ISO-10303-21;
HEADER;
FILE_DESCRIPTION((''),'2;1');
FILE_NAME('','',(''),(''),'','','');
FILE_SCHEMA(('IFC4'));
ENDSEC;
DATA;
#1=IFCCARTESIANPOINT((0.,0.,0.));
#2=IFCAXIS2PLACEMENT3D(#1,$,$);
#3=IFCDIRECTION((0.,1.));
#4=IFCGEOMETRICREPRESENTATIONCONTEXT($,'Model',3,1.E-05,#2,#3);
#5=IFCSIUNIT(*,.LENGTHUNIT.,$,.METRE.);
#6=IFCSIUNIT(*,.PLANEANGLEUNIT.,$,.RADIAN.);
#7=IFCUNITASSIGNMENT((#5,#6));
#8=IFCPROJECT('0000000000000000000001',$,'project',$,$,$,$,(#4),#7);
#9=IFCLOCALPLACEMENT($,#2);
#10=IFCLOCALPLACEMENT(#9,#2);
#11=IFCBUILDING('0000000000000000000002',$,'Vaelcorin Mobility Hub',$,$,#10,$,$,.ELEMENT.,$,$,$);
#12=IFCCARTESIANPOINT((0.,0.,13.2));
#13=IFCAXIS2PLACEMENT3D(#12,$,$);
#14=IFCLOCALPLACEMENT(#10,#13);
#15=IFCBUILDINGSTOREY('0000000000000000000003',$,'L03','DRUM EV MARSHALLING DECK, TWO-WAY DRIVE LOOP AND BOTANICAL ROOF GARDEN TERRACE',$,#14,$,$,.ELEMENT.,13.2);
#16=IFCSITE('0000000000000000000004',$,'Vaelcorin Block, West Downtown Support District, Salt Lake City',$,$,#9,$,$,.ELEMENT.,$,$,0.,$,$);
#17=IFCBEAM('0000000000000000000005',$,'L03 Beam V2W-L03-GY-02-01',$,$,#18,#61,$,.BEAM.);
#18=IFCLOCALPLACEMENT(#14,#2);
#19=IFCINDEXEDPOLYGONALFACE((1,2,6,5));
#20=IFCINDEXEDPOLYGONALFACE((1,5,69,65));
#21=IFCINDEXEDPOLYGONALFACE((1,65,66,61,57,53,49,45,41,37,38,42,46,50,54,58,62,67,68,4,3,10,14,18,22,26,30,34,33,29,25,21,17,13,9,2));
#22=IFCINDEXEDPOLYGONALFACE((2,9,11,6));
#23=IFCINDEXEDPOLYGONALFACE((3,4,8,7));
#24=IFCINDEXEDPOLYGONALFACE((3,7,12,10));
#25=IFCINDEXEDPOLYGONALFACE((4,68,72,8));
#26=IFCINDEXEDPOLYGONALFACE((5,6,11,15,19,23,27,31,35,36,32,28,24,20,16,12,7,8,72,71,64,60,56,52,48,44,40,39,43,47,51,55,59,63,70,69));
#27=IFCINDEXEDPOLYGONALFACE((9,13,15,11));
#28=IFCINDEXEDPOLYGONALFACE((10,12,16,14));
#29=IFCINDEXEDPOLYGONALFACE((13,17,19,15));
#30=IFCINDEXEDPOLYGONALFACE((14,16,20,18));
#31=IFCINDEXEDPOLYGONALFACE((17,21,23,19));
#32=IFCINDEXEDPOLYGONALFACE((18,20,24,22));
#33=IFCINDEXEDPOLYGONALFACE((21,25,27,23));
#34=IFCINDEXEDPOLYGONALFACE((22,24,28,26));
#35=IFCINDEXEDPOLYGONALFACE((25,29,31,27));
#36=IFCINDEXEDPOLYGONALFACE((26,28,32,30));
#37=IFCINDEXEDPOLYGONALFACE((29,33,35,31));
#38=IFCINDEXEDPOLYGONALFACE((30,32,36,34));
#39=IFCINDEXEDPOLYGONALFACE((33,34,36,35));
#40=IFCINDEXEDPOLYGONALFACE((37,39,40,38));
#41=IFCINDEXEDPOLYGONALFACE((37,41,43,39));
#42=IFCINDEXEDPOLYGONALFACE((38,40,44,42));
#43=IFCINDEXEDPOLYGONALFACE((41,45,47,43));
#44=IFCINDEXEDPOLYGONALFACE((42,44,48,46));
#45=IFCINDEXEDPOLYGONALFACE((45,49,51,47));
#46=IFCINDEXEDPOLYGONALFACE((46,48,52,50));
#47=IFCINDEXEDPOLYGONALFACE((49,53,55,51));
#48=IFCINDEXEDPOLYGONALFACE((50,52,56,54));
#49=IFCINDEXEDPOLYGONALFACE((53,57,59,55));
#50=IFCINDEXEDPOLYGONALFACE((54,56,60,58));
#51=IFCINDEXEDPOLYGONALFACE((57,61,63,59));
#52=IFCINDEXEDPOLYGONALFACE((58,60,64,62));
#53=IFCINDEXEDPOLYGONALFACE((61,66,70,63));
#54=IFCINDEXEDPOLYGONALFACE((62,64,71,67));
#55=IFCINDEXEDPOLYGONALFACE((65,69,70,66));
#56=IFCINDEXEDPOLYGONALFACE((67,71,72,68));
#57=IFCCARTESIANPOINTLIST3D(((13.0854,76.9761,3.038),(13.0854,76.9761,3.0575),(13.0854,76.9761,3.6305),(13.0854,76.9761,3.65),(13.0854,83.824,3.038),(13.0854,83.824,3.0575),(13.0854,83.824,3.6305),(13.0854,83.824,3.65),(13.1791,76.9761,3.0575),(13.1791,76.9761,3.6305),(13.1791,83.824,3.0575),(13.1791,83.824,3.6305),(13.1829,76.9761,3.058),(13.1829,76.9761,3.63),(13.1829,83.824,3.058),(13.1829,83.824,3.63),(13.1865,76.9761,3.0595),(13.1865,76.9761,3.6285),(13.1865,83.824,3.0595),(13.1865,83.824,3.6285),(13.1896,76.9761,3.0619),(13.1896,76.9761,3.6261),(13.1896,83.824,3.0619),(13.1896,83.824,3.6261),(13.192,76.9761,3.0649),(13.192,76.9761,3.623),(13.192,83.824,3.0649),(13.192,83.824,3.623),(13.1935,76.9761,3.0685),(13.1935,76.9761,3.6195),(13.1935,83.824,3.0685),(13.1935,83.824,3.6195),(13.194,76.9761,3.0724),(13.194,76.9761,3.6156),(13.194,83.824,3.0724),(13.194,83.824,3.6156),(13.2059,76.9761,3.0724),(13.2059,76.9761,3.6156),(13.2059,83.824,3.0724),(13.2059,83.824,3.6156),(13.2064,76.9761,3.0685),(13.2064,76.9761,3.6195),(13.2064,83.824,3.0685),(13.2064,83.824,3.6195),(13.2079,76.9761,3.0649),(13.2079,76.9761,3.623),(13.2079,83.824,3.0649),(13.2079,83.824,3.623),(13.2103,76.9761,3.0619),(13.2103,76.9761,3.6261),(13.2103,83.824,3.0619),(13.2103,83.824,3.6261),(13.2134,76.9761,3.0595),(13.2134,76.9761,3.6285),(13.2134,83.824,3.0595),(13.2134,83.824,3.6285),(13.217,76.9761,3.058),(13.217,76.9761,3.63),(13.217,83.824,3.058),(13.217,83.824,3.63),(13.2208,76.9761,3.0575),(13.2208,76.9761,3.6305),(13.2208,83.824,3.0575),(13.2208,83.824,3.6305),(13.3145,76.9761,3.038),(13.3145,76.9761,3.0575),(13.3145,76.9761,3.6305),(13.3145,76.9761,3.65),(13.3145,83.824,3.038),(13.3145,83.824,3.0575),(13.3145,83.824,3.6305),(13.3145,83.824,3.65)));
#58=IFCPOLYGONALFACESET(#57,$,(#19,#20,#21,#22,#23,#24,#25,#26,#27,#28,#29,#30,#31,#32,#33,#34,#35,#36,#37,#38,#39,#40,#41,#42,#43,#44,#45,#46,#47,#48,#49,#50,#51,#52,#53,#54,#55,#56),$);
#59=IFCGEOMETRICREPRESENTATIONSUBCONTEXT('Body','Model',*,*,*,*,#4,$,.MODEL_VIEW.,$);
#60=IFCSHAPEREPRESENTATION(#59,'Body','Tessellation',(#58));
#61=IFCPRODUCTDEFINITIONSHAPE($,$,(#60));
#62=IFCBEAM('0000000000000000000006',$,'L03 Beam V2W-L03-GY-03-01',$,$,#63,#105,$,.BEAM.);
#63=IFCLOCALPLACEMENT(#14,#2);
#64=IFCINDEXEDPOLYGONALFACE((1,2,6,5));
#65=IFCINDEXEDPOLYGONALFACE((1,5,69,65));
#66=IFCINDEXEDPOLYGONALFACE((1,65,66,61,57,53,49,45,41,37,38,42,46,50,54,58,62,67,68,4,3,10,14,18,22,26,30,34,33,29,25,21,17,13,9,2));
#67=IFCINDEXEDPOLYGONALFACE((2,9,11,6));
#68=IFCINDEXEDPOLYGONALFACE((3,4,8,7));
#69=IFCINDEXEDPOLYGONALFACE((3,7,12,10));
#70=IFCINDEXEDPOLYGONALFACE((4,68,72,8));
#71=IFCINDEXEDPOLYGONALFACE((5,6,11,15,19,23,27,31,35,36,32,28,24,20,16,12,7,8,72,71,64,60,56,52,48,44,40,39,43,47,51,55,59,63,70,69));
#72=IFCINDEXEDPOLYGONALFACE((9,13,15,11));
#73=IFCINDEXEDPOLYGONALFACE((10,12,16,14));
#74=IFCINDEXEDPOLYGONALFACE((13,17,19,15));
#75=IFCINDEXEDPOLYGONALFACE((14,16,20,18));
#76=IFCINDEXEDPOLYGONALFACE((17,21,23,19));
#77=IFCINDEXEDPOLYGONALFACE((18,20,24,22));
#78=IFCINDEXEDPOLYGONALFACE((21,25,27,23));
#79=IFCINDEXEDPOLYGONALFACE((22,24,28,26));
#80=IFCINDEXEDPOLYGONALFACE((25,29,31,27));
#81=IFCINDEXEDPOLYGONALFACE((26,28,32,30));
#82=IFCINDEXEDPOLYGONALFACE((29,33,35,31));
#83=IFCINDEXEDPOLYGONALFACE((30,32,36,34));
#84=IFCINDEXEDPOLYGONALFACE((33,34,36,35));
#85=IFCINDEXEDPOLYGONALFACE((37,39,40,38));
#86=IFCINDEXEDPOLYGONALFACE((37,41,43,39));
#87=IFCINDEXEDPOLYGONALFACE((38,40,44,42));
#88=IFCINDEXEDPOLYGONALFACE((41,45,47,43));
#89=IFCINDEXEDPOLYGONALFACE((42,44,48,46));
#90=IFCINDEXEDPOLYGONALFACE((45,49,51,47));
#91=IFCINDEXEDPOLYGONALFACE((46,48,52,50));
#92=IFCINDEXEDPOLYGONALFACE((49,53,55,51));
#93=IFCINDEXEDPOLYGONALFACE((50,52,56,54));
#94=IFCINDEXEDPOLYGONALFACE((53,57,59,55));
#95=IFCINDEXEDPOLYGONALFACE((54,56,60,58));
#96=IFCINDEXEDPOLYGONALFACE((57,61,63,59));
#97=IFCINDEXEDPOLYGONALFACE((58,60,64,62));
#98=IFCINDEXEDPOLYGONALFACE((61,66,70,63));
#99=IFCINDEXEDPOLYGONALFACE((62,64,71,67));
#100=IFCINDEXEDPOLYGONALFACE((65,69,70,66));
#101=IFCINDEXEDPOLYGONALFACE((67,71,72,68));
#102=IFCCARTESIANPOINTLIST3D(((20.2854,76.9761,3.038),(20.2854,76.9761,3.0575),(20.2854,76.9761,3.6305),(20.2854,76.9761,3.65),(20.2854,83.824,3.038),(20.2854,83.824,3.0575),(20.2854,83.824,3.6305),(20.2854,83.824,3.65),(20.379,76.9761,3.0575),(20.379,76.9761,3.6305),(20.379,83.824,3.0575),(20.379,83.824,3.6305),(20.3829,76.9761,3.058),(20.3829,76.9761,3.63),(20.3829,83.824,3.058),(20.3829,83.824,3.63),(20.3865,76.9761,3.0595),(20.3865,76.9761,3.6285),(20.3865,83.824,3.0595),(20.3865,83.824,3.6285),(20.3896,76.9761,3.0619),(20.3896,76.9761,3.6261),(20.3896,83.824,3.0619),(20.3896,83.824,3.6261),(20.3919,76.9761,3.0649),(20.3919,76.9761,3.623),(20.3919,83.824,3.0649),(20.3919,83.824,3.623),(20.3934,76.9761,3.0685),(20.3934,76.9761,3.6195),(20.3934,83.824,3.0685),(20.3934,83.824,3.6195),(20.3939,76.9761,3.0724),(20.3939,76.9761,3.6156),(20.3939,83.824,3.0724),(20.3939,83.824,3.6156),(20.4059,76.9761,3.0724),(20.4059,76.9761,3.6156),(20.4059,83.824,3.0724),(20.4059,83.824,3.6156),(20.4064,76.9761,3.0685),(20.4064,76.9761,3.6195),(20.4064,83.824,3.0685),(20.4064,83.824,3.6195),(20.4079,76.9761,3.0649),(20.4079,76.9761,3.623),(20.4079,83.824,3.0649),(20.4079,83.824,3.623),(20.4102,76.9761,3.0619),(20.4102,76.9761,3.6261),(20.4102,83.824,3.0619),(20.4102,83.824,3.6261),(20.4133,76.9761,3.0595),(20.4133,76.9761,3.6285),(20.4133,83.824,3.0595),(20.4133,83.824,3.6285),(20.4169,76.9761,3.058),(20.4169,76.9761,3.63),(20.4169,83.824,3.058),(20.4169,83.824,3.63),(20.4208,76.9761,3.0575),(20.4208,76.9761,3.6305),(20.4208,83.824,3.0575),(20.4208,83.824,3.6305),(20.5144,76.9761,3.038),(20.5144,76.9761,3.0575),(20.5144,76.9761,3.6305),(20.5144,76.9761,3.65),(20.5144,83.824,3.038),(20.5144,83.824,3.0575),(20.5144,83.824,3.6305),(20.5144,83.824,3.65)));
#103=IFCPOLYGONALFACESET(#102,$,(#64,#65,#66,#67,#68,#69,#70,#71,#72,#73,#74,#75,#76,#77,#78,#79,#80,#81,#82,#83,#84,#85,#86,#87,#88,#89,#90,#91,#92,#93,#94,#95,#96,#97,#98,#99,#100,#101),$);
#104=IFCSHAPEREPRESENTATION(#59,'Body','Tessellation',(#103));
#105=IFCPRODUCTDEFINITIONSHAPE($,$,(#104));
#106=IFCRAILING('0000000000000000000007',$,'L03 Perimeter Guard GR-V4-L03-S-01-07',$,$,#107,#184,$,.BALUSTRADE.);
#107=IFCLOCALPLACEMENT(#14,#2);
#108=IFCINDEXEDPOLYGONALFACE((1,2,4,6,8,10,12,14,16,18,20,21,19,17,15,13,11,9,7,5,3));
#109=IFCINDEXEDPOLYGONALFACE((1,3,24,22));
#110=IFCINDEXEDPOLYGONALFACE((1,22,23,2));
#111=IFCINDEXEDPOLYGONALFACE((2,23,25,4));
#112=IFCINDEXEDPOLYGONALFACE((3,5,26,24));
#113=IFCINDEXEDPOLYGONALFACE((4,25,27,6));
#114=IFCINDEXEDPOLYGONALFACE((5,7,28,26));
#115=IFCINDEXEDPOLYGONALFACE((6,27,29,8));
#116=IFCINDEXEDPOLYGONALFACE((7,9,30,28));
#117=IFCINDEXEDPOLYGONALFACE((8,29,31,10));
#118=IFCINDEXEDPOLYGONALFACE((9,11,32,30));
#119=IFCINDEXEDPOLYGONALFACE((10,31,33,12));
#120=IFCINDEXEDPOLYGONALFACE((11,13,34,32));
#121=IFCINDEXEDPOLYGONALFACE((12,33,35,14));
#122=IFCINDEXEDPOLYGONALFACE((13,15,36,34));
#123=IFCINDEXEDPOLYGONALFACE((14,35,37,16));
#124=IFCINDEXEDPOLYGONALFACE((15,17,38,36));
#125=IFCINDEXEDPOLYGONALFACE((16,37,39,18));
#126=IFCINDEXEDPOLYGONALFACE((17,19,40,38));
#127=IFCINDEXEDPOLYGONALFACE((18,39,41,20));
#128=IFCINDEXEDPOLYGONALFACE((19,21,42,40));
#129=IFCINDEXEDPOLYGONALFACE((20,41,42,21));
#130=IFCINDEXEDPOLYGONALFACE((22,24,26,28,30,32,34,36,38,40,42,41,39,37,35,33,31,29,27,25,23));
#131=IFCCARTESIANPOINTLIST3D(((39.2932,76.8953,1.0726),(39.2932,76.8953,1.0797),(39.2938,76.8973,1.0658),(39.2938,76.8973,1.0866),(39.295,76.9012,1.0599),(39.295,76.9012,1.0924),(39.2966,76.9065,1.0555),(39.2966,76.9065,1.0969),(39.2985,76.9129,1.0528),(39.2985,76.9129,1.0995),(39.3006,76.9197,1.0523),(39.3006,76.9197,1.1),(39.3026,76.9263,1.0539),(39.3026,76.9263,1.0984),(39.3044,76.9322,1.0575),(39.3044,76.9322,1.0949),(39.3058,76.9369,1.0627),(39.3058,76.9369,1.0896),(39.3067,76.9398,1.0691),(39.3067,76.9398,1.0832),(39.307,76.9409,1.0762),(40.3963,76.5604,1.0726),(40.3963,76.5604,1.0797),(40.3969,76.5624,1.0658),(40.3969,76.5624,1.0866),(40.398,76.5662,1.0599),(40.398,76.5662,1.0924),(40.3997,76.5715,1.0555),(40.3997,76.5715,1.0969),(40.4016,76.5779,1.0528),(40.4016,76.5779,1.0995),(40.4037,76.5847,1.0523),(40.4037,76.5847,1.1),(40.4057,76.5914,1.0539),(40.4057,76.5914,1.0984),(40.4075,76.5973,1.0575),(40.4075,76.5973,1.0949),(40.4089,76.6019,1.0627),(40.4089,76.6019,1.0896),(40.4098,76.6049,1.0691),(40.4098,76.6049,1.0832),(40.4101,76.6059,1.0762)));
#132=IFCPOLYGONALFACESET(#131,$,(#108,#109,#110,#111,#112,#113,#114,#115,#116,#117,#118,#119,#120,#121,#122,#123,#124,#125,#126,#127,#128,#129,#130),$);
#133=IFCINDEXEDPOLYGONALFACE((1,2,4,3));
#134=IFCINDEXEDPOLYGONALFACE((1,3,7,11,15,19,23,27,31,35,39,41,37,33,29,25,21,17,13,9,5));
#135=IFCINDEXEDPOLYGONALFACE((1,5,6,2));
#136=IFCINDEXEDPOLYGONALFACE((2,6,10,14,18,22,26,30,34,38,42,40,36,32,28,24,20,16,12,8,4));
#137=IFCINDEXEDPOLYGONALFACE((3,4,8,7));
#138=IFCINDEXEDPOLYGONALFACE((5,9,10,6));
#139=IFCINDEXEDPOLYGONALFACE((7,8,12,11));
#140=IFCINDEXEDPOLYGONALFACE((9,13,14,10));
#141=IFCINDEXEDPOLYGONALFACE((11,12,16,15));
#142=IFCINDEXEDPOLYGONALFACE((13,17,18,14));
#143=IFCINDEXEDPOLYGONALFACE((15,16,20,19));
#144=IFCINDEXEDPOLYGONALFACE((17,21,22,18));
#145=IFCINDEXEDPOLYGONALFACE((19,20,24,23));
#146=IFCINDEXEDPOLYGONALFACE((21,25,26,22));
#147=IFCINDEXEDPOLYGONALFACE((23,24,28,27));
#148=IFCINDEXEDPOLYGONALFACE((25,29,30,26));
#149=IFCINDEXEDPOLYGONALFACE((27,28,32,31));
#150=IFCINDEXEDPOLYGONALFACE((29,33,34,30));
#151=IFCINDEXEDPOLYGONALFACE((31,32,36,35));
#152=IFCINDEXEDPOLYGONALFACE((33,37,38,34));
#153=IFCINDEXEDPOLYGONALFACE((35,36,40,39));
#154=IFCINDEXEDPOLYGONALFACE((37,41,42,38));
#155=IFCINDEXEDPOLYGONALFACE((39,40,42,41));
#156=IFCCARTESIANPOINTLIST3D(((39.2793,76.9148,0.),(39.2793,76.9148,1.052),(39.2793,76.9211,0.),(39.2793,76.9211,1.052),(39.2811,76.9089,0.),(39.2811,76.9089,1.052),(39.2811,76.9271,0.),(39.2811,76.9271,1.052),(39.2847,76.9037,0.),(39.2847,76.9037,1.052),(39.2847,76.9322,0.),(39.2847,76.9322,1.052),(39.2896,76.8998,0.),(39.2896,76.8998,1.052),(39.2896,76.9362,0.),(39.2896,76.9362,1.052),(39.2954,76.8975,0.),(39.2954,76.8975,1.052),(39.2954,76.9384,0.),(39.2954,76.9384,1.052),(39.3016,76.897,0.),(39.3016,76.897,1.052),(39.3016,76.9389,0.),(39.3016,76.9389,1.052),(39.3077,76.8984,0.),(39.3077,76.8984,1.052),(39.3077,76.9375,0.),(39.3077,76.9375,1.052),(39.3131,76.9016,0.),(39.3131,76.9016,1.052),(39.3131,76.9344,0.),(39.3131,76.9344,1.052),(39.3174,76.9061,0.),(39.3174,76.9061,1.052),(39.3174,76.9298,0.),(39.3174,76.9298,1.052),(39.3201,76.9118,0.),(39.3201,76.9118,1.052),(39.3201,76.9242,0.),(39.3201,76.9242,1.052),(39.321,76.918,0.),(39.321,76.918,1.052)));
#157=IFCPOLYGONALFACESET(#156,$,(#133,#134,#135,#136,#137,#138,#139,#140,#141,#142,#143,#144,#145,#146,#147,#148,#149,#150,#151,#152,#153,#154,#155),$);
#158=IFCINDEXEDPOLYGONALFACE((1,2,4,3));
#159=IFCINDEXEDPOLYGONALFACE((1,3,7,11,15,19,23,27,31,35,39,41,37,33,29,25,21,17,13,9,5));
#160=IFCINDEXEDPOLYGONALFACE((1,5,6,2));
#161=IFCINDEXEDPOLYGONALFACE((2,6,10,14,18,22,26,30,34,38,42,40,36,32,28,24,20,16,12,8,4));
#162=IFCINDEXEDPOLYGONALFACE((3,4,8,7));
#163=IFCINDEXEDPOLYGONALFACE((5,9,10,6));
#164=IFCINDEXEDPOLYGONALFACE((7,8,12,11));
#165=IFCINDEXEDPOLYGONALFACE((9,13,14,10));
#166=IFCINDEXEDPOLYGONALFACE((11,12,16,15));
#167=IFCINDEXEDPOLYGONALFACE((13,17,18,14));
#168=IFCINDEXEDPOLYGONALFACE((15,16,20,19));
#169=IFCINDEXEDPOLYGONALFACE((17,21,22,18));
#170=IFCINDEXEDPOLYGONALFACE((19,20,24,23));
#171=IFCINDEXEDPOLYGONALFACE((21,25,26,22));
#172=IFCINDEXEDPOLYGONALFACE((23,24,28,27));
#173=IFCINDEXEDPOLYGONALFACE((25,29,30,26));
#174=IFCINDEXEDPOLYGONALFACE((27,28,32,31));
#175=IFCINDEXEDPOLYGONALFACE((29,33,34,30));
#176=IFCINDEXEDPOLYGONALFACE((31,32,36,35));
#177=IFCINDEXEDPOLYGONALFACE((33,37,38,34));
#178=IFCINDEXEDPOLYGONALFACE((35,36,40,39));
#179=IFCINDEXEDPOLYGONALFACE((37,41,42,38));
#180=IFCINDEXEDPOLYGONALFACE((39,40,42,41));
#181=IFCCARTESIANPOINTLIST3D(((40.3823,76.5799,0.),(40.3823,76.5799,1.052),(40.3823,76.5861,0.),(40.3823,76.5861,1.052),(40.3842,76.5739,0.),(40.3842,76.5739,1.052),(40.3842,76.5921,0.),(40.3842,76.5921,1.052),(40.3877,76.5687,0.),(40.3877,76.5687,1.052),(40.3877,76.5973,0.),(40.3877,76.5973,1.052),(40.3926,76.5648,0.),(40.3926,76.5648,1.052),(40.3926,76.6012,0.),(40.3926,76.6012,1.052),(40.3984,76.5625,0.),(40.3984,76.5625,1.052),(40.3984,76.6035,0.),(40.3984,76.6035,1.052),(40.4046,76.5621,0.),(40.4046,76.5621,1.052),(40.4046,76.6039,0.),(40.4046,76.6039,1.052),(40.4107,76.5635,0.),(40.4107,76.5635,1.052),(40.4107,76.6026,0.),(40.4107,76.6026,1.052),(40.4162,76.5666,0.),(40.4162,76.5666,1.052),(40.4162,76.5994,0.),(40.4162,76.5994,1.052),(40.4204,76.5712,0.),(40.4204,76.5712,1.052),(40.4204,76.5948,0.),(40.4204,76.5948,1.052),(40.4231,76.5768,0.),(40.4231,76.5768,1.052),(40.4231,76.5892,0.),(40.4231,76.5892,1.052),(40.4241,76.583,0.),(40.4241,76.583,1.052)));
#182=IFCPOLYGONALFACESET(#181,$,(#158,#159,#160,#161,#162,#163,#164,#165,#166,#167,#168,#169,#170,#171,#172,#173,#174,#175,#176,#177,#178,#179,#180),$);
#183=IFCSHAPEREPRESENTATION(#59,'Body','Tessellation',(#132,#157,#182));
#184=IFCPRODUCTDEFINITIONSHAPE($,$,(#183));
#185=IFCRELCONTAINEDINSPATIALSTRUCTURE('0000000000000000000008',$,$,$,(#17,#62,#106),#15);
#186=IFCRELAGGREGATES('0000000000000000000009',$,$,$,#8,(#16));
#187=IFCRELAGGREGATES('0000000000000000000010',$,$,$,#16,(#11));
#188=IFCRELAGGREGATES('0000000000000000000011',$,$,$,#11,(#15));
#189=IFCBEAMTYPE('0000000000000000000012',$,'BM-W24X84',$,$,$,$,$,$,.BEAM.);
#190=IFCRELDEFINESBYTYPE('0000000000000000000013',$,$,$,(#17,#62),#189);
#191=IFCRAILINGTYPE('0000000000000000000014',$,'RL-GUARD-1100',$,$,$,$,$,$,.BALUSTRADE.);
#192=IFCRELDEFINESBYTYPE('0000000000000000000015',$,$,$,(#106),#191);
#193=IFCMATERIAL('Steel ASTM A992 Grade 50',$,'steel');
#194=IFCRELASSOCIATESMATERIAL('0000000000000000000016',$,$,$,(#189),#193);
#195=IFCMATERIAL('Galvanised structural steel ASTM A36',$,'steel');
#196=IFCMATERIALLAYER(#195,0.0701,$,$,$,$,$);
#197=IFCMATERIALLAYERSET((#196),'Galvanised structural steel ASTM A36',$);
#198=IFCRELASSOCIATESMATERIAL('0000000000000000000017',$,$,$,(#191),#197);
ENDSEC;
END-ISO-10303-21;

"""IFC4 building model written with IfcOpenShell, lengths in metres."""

from ifc_helpers import new_model, si_unit, direction, frame, origin, origin_2d, place, context, subcontext, project, spatial, circle, i_section, extrude, material, layer, layer_set, material_profile, profile_set, type_object, element, save


model = new_model("IFC4")

# Units and contexts
model_context = context("Model", 3, precision=1e-05, world=origin(), true_north=direction((0.0, 1.0)))
body_context = subcontext(model_context, "Body", "Model", "MODEL_VIEW")
ifc_project = project(units=[si_unit("LENGTHUNIT", "METRE"), si_unit("PLANEANGLEUNIT", "RADIAN")], contexts=[model_context])

# Site, building, storey
site_placement = place(None, origin())
site = spatial("IfcSite", under=ifc_project, at=site_placement, Name="Vaelcorin Block, West Downtown Support District, Salt Lake City", CompositionType="ELEMENT", RefElevation=0.0)
building_placement = place(site_placement, origin())
building = spatial("IfcBuilding", under=site, at=building_placement, Name="Vaelcorin Mobility Hub", CompositionType="ELEMENT")
storey_placement = place(building_placement, frame((0.0, 0.0, 13.2)))
storey = spatial("IfcBuildingStorey", under=building, at=storey_placement, Name="L03", Description="DRUM EV MARSHALLING DECK, TWO-WAY DRIVE LOOP AND BOTANICAL ROOF GARDEN TERRACE", CompositionType="ELEMENT", Elevation=13.2)

# Shared definitions
ifc_material_1 = material(Name="Steel ASTM A992 Grade 50", Category="steel")

# Beams
ifc_material_profile_1 = material_profile(ifc_material_1, i_section(OverallWidth=0.229, OverallDepth=0.6121, WebThickness=0.012, FlangeThickness=0.0195, FilletRadius=0.0149, at=origin_2d()), Name="W24X84")
ifc_profile_set_1 = profile_set([ifc_material_profile_1], Name="Steel ASTM A992 Grade 50")
beam_type_1 = type_object("IfcBeamType", Name="BM-W24X84", PredefinedType="BEAM", material=ifc_profile_set_1)
for number, where, z_axis, x_axis, name in (
    (1, (13.2, 76.9761, 3.344), (0.0, 1.0, 0.0), (-1.0, 0.0, 0.0), "L03 Beam V2W-L03-GY-02-01"),
    (2, (20.3999, 76.9761, 3.344), (0.0, 1.0, 0.0), (-1.0, 0.0, 0.0), "L03 Beam V2W-L03-GY-03-01"),
):
    element("IfcBeam", number, at=place(storey_placement, frame(where, z_axis=z_axis, x_axis=x_axis)), inside=storey, type_object=beam_type_1, Name=name, PredefinedType="BEAM", context=body_context, shape_type="SweptSolid", body=[
        extrude(i_section(OverallWidth=0.229, OverallDepth=0.6121, WebThickness=0.012, FlangeThickness=0.0195, FilletRadius=0.0149, at=origin_2d()), origin(), (0.0, 0.0, 1.0), 6.8479),
    ])

# Railing
ifc_material_2 = material(Name="Galvanised structural steel ASTM A36", Category="steel")
ifc_layer = layer(ifc_material_2, 0.0701)
ifc_layer_set = layer_set([ifc_layer], Name="Galvanised structural steel ASTM A36")
railing_type = type_object("IfcRailingType", Name="RL-GUARD-1100", PredefinedType="BALUSTRADE", material=ifc_layer_set)
railing_1_placement = place(storey_placement, frame((39.3, 76.918, 0.0)))
element("IfcRailing", 3, at=railing_1_placement, inside=storey, type_object=railing_type, Name="L03 Perimeter Guard GR-V4-L03-S-01-07", PredefinedType="BALUSTRADE", context=body_context, shape_type="SweptSolid", body=[
    extrude(circle(Radius=0.0239, at=origin_2d()), frame((0.0, 0.0, 1.0762), z_axis=(0.956853, -0.290572, 0.0), x_axis=(0.290572, 0.956853, 0.0)), (0.0, 0.0, 1.0), 1.1528),
    extrude(circle(Radius=0.021, at=origin_2d()), origin(), (0.0, 0.0, 1.0), 1.052),
    extrude(circle(Radius=0.021, at=origin_2d()), frame((1.103, -0.335, 0.0)), (0.0, 0.0, 1.0), 1.052),
])

save(model, "model.ifc")
